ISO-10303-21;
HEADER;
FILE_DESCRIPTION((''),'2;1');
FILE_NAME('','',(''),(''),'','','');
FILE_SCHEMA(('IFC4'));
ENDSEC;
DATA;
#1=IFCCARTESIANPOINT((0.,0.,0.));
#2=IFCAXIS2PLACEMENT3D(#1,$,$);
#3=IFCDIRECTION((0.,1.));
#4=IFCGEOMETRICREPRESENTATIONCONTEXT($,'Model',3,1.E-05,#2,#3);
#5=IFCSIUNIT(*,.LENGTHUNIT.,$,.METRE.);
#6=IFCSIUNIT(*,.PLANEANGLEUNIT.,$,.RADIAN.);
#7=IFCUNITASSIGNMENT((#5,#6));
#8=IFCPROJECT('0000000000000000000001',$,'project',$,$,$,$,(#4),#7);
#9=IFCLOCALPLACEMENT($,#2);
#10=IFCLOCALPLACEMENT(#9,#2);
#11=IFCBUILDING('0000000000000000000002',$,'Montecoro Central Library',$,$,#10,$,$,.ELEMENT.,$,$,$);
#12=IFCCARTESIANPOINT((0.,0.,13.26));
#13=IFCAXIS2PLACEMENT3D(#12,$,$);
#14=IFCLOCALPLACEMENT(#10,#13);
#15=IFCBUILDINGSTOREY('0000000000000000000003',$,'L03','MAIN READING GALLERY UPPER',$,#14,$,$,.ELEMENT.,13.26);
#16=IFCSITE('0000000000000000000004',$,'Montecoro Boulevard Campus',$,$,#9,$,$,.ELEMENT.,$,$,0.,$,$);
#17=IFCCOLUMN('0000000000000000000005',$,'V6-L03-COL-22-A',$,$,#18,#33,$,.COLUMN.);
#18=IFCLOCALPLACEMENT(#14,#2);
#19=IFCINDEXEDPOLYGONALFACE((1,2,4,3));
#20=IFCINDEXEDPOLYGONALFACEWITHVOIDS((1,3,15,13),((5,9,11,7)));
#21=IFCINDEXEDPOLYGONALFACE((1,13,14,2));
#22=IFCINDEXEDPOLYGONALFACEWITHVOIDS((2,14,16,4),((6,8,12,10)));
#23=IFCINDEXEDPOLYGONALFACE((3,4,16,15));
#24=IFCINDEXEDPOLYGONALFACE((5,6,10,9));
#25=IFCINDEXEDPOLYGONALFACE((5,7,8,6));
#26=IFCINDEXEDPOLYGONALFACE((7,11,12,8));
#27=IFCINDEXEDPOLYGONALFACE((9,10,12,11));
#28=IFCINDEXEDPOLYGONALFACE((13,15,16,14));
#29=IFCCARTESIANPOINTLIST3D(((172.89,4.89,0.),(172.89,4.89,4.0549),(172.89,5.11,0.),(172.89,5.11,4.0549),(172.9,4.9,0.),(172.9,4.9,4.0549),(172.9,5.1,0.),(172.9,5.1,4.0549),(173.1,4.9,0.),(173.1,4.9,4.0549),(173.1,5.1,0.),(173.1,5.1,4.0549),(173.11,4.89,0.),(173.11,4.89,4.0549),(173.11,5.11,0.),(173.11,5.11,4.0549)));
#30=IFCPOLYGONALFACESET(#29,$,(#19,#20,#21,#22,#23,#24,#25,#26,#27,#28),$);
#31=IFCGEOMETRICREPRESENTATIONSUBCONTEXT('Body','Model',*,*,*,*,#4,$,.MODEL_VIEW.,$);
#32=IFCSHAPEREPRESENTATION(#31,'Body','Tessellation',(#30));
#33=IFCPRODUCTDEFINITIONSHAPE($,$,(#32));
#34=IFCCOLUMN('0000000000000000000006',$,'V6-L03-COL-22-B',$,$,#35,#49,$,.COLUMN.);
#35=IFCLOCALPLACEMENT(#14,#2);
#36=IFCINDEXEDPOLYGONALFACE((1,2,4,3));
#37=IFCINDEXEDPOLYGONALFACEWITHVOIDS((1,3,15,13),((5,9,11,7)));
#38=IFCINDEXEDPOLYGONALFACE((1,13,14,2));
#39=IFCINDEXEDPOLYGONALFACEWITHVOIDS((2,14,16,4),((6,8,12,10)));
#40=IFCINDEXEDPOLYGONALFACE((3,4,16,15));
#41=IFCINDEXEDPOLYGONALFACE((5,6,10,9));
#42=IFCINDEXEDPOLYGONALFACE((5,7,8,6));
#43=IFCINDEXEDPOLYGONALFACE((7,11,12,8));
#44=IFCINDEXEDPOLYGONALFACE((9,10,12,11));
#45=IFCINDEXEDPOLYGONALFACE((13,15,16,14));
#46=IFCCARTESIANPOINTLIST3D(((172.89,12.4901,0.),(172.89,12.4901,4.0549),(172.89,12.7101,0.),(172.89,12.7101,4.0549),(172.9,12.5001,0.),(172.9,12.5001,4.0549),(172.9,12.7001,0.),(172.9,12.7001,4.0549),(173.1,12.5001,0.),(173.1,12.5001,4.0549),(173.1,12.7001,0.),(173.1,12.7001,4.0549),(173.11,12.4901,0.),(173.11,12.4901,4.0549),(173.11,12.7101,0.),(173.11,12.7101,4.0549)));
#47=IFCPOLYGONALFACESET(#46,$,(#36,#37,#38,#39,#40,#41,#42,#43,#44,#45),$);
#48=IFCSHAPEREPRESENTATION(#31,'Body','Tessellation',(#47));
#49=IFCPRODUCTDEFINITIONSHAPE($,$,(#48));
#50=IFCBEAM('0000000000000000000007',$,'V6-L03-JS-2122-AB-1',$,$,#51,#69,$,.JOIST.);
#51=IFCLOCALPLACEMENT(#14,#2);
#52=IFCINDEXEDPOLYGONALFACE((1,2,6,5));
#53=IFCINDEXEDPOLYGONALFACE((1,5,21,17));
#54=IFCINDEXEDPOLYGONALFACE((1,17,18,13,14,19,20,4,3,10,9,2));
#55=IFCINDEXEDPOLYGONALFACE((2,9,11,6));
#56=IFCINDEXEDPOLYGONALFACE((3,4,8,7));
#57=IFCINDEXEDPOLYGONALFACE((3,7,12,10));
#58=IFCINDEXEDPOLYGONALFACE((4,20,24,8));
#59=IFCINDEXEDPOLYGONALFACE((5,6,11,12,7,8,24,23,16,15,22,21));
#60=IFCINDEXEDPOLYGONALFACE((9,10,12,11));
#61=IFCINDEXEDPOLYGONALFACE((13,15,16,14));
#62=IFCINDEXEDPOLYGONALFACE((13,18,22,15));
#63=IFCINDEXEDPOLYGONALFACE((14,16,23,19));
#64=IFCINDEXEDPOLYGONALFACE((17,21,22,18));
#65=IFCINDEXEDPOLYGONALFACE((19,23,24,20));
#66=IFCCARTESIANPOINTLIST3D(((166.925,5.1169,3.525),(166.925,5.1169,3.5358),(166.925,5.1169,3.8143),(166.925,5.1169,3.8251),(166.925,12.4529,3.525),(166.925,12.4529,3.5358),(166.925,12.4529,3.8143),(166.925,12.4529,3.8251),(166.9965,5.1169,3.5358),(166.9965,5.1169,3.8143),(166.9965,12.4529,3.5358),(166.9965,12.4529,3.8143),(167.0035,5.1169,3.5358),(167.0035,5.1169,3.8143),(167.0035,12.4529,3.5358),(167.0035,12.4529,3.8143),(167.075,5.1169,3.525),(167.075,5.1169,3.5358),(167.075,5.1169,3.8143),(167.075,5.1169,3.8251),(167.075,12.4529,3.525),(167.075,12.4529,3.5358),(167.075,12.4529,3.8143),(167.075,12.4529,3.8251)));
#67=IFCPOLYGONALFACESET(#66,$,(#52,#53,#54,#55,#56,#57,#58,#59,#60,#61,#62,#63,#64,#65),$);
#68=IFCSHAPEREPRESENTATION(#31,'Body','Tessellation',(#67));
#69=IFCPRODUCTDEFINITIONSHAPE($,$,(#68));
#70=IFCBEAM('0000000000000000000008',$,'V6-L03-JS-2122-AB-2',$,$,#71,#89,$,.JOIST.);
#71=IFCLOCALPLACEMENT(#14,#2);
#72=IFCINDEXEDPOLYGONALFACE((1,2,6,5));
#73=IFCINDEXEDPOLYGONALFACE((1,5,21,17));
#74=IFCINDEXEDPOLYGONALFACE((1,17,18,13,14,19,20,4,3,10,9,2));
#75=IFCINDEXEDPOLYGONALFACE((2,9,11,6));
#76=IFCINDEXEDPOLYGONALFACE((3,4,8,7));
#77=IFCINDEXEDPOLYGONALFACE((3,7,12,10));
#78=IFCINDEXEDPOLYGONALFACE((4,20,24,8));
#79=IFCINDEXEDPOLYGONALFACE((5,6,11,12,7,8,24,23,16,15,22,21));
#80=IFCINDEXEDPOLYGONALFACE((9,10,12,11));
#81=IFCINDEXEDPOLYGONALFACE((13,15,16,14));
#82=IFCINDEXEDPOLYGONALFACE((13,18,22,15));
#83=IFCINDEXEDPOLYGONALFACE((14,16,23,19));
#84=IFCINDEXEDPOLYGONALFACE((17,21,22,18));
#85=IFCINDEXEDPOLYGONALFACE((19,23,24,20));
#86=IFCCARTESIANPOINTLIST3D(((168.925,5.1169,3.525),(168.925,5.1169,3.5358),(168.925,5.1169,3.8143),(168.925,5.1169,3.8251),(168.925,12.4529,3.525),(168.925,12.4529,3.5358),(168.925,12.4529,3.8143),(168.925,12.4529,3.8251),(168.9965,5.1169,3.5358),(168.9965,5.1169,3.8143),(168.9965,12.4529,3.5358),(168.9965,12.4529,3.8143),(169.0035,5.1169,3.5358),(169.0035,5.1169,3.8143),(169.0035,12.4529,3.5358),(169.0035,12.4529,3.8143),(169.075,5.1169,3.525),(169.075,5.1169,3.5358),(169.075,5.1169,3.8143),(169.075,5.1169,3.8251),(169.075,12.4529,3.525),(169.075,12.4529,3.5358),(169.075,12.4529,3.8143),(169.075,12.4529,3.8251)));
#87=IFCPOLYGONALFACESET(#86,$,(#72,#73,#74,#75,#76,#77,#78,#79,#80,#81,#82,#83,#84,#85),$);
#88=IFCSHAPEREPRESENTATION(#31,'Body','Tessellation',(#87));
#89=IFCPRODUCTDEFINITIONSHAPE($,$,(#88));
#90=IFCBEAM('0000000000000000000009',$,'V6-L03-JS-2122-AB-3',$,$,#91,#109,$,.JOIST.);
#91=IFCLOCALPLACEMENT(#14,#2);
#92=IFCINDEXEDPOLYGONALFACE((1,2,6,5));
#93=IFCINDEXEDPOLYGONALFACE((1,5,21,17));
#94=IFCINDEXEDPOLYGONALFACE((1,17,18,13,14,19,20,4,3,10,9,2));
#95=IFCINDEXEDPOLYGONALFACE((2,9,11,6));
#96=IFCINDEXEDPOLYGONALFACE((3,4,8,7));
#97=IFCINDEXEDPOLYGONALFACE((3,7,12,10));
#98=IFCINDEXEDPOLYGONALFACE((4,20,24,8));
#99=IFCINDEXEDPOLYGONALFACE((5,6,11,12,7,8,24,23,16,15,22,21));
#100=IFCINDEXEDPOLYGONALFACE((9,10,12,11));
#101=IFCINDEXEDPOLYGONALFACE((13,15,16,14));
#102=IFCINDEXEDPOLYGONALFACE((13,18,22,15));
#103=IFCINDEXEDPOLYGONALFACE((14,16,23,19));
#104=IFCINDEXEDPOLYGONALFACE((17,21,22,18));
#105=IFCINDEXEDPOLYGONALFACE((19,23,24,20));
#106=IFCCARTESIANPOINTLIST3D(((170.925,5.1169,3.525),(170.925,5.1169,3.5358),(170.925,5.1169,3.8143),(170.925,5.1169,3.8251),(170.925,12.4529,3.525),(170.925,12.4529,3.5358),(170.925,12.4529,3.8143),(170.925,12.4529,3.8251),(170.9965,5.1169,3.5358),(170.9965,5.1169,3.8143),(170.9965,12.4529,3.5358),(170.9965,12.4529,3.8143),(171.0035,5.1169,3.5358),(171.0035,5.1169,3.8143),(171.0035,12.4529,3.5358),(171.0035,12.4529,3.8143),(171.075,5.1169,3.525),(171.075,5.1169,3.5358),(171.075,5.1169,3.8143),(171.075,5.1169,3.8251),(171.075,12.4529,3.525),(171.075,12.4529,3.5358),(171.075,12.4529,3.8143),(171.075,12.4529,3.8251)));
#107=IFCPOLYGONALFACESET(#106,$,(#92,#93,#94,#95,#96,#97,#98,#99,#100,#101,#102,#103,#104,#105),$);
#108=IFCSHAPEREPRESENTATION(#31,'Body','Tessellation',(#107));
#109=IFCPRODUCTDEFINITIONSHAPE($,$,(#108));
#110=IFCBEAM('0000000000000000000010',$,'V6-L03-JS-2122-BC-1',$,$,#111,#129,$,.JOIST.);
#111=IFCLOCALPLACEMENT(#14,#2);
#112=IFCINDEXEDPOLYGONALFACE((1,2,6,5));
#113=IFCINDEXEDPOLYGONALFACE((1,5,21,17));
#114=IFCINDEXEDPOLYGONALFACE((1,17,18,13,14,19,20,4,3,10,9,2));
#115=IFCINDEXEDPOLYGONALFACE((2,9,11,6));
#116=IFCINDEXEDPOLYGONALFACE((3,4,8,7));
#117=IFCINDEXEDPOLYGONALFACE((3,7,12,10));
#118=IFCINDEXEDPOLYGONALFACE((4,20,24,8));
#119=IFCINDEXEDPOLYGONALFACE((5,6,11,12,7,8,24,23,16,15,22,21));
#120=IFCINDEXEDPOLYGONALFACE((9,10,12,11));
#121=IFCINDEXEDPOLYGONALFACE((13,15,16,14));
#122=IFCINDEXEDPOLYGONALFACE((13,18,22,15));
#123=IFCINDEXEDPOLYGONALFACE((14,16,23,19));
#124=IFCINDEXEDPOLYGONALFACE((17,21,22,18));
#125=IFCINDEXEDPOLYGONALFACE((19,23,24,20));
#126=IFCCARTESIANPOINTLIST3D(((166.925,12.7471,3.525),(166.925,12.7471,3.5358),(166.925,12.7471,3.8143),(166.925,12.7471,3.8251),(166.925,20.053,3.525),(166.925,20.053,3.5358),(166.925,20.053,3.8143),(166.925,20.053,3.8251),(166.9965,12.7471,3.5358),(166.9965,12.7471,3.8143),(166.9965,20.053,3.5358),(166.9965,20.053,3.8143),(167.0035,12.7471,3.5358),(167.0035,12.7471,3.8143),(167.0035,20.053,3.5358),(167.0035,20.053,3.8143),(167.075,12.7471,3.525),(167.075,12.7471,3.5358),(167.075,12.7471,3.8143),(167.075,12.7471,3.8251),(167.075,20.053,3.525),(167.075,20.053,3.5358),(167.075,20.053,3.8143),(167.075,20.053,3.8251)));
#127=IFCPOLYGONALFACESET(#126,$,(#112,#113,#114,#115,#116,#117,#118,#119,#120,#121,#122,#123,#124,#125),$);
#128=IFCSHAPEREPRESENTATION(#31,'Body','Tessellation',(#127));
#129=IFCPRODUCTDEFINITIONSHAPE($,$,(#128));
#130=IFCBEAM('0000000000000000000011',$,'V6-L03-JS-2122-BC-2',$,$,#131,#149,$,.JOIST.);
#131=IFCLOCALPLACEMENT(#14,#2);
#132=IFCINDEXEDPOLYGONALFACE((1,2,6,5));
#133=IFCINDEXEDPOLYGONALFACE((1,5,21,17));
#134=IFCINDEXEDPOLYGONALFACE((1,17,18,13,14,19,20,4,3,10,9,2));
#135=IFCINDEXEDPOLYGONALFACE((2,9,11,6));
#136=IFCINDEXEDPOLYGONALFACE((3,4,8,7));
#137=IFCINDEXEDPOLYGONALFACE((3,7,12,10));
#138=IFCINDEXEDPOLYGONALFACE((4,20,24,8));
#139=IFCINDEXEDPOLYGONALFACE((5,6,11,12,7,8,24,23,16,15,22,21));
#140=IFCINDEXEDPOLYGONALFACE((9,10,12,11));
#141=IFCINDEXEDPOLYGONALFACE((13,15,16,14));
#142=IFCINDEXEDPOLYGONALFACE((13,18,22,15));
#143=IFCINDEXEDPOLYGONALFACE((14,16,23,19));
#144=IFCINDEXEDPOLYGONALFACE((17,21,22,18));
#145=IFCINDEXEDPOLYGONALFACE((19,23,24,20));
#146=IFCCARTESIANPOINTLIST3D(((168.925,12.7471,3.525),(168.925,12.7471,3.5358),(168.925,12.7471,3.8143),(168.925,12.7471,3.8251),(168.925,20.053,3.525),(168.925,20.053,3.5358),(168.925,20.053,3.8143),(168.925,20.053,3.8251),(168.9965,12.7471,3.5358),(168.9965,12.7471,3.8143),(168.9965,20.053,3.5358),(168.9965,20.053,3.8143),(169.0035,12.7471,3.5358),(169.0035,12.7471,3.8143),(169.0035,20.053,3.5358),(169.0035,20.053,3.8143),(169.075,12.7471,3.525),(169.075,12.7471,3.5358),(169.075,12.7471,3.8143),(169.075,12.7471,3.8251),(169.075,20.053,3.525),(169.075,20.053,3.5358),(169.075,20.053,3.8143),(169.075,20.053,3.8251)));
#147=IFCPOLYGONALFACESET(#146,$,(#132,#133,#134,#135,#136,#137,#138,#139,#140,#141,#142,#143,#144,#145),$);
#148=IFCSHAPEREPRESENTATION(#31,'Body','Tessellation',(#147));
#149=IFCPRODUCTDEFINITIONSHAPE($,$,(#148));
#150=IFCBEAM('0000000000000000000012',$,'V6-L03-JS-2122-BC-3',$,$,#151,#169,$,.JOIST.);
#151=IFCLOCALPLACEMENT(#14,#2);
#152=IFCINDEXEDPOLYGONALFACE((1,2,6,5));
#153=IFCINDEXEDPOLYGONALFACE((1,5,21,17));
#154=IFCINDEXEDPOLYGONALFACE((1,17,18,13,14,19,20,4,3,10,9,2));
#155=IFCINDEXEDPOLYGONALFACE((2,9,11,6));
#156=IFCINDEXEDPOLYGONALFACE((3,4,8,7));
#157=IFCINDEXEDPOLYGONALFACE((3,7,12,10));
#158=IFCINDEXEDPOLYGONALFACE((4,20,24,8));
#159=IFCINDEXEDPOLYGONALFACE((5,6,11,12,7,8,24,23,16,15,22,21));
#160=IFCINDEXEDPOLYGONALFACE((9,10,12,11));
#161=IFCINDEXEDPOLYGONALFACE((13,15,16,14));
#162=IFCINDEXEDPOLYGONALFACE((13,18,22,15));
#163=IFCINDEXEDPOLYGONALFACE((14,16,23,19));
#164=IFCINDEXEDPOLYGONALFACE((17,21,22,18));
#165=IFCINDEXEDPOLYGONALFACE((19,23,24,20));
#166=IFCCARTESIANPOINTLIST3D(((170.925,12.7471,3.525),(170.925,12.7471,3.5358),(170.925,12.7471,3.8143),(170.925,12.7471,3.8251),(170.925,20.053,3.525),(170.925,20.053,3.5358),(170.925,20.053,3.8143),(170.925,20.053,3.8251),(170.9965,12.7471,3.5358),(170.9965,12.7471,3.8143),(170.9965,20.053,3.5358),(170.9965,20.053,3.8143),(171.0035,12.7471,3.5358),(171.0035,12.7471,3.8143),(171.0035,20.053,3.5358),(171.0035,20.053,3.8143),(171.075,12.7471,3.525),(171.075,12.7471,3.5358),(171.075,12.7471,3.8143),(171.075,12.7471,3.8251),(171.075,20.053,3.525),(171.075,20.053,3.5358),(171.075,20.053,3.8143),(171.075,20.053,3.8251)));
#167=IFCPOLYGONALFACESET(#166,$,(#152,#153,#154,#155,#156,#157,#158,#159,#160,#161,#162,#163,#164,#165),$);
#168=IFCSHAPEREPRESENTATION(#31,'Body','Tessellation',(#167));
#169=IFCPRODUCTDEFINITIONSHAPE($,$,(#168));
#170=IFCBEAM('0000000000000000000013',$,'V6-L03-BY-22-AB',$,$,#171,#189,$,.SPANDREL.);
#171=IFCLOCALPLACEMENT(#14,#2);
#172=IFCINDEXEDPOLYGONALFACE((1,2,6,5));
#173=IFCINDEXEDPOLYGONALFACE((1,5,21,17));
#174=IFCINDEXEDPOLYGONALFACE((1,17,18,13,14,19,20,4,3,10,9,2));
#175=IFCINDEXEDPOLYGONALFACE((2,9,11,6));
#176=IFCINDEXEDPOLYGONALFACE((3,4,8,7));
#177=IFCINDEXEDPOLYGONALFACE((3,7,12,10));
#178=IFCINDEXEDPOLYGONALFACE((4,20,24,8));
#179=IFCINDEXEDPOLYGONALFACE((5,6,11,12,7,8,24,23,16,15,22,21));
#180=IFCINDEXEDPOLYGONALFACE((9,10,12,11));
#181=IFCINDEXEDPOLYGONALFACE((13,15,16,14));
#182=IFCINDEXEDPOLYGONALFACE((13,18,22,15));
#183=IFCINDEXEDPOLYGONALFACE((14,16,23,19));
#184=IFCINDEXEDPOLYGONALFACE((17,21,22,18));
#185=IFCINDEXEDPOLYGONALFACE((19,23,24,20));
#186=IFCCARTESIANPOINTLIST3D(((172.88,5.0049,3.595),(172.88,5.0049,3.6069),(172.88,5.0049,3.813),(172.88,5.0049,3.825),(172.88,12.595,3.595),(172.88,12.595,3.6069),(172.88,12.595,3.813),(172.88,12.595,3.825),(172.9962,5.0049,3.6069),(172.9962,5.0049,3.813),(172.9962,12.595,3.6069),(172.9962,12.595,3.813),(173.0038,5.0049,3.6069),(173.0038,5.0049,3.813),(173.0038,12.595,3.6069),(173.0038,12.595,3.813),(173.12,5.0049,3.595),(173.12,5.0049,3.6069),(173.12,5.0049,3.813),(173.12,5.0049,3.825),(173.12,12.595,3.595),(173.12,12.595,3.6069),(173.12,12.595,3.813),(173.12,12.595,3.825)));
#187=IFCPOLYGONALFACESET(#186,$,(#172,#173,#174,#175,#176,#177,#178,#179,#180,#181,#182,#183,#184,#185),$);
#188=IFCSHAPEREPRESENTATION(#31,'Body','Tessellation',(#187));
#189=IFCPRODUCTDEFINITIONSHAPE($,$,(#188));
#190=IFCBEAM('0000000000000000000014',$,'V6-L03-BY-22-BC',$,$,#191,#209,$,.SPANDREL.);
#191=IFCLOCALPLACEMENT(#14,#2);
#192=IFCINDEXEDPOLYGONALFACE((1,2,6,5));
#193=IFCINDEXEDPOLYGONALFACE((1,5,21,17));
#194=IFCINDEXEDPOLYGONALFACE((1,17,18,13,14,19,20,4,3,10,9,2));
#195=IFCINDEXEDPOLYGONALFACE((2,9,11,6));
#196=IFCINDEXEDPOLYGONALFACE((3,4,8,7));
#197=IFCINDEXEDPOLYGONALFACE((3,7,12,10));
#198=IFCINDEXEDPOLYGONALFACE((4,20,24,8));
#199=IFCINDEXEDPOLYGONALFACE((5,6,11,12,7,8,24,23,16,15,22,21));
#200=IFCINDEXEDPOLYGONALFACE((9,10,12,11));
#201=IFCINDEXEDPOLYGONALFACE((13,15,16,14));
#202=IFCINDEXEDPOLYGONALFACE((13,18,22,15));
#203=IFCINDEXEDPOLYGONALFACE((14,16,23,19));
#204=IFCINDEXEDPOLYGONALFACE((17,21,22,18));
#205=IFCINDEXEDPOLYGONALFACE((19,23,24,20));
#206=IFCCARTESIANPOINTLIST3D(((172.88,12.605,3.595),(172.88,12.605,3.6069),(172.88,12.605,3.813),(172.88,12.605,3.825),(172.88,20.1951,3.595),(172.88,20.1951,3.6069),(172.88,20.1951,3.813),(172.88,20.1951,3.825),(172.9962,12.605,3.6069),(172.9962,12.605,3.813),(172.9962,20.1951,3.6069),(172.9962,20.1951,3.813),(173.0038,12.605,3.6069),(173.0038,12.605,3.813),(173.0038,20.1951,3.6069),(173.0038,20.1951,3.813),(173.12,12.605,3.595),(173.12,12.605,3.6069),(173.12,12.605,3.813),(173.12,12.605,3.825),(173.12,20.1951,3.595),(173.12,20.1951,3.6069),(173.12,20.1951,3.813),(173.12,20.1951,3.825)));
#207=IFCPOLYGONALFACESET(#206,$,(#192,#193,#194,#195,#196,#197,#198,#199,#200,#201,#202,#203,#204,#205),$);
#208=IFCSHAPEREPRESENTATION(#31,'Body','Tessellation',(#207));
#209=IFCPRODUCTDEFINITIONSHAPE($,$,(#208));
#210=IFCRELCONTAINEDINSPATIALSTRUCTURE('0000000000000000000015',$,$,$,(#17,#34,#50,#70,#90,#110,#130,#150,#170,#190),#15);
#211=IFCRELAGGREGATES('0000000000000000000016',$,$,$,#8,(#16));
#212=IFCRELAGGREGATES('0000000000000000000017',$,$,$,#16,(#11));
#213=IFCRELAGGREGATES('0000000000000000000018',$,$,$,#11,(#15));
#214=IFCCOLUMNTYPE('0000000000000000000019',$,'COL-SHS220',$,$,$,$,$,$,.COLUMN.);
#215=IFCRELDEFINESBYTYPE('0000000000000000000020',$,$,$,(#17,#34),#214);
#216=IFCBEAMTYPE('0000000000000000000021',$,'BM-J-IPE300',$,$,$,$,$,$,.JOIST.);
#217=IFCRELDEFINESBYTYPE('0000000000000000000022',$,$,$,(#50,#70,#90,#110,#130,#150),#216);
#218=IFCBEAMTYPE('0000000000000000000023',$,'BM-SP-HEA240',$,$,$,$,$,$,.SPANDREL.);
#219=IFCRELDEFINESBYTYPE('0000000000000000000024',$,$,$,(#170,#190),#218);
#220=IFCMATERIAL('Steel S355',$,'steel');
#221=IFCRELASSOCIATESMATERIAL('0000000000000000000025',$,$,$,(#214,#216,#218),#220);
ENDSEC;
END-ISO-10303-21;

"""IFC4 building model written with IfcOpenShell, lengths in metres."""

from ifc_helpers import new_model, si_unit, direction, frame, origin, origin_2d, place, context, subcontext, project, spatial, hollow_rectangle, i_section, extrude, material, material_profile, profile_set, type_object, element, save


model = new_model("IFC4")

# Units and contexts
model_context = context("Model", 3, precision=1e-05, world=origin(), true_north=direction((0.0, 1.0)))
body_context = subcontext(model_context, "Body", "Model", "MODEL_VIEW")
ifc_project = project(units=[si_unit("LENGTHUNIT", "METRE"), si_unit("PLANEANGLEUNIT", "RADIAN")], contexts=[model_context])

# Site, building, storey
site_placement = place(None, origin())
site = spatial("IfcSite", under=ifc_project, at=site_placement, Name="Montecoro Boulevard Campus", CompositionType="ELEMENT", RefElevation=0.0)
building_placement = place(site_placement, origin())
building = spatial("IfcBuilding", under=site, at=building_placement, Name="Montecoro Central Library", CompositionType="ELEMENT")
storey_placement = place(building_placement, frame((0.0, 0.0, 13.26)))
storey = spatial("IfcBuildingStorey", under=building, at=storey_placement, Name="L03", Description="MAIN READING GALLERY UPPER", CompositionType="ELEMENT", Elevation=13.26)

# Columns
ifc_material_1 = material(Name="Steel S355", Category="steel")
ifc_material_profile_1 = material_profile(ifc_material_1, hollow_rectangle(XDim=0.22, YDim=0.22, WallThickness=0.01, at=origin_2d()), Name="SHS 220x220x10.0")
ifc_profile_set_1 = profile_set([ifc_material_profile_1], Name="Steel S355")
column_type = type_object("IfcColumnType", Name="COL-SHS220", PredefinedType="COLUMN", material=ifc_profile_set_1)
for number, where, z_axis, x_axis, name in (
    (1, (173.0, 5.0, 0.0), (0.0, 0.0, 1.0), (1.0, 0.0, 0.0), "V6-L03-COL-22-A"),
    (2, (173.0, 12.6001, 0.0), (0.0, 0.0, 1.0), (1.0, 0.0, 0.0), "V6-L03-COL-22-B"),
):
    element("IfcColumn", number, at=place(storey_placement, frame(where, z_axis=z_axis, x_axis=x_axis)), inside=storey, type_object=column_type, Name=name, PredefinedType="COLUMN", context=body_context, shape_type="SweptSolid", body=[
        extrude(hollow_rectangle(XDim=0.22, YDim=0.22, WallThickness=0.01, at=origin_2d()), origin(), (0.0, 0.0, 1.0), 4.0549),
    ])

# Beams
ifc_material_profile_2 = material_profile(ifc_material_1, i_section(OverallWidth=0.1499, OverallDepth=0.3, WebThickness=0.0071, FlangeThickness=0.0107, at=origin_2d()), Name="IPE 300")
ifc_profile_set_2 = profile_set([ifc_material_profile_2], Name="Steel S355")
beam_type_1 = type_object("IfcBeamType", Name="BM-J-IPE300", PredefinedType="JOIST", material=ifc_profile_set_2)
for number, where, z_axis, x_axis, name in (
    (3, (167.0, 5.1169, 3.675), (0.0, 1.0, 0.0), (-1.0, 0.0, 0.0), "V6-L03-JS-2122-AB-1"),
    (4, (169.0, 5.1169, 3.675), (0.0, 1.0, 0.0), (-1.0, 0.0, 0.0), "V6-L03-JS-2122-AB-2"),
    (5, (171.0, 5.1169, 3.675), (0.0, 1.0, 0.0), (-1.0, 0.0, 0.0), "V6-L03-JS-2122-AB-3"),
):
    element("IfcBeam", number, at=place(storey_placement, frame(where, z_axis=z_axis, x_axis=x_axis)), inside=storey, type_object=beam_type_1, Name=name, PredefinedType="JOIST", context=body_context, shape_type="SweptSolid", body=[
        extrude(i_section(OverallWidth=0.1499, OverallDepth=0.3, WebThickness=0.0071, FlangeThickness=0.0107, at=origin_2d()), origin(), (0.0, 0.0, 1.0), 7.3359),
    ])
for number, where, z_axis, x_axis, name in (
    (6, (167.0, 12.7471, 3.675), (0.0, 1.0, 0.0), (-1.0, 0.0, 0.0), "V6-L03-JS-2122-BC-1"),
    (7, (169.0, 12.7471, 3.675), (0.0, 1.0, 0.0), (-1.0, 0.0, 0.0), "V6-L03-JS-2122-BC-2"),
    (8, (171.0, 12.7471, 3.675), (0.0, 1.0, 0.0), (-1.0, 0.0, 0.0), "V6-L03-JS-2122-BC-3"),
):
    element("IfcBeam", number, at=place(storey_placement, frame(where, z_axis=z_axis, x_axis=x_axis)), inside=storey, type_object=beam_type_1, Name=name, PredefinedType="JOIST", context=body_context, shape_type="SweptSolid", body=[
        extrude(i_section(OverallWidth=0.1499, OverallDepth=0.3, WebThickness=0.0071, FlangeThickness=0.0107, at=origin_2d()), origin(), (0.0, 0.0, 1.0), 7.3059),
    ])
ifc_material_profile_3 = material_profile(ifc_material_1, i_section(OverallWidth=0.24, OverallDepth=0.23, WebThickness=0.0076, FlangeThickness=0.012, at=origin_2d()), Name="HEA 240")
ifc_profile_set_3 = profile_set([ifc_material_profile_3], Name="Steel S355")
beam_type_2 = type_object("IfcBeamType", Name="BM-SP-HEA240", PredefinedType="SPANDREL", material=ifc_profile_set_3)
for number, where, z_axis, x_axis, name in (
    (9, (173.0, 5.0049, 3.71), (0.0, 1.0, 0.0), (-1.0, 0.0, 0.0), "V6-L03-BY-22-AB"),
    (10, (173.0, 12.605, 3.71), (0.0, 1.0, 0.0), (-1.0, 0.0, 0.0), "V6-L03-BY-22-BC"),
):
    element("IfcBeam", number, at=place(storey_placement, frame(where, z_axis=z_axis, x_axis=x_axis)), inside=storey, type_object=beam_type_2, Name=name, PredefinedType="SPANDREL", context=body_context, shape_type="SweptSolid", body=[
        extrude(i_section(OverallWidth=0.24, OverallDepth=0.23, WebThickness=0.0076, FlangeThickness=0.012, at=origin_2d()), origin(), (0.0, 0.0, 1.0), 7.5901),
    ])

save(model, "model.ifc")
